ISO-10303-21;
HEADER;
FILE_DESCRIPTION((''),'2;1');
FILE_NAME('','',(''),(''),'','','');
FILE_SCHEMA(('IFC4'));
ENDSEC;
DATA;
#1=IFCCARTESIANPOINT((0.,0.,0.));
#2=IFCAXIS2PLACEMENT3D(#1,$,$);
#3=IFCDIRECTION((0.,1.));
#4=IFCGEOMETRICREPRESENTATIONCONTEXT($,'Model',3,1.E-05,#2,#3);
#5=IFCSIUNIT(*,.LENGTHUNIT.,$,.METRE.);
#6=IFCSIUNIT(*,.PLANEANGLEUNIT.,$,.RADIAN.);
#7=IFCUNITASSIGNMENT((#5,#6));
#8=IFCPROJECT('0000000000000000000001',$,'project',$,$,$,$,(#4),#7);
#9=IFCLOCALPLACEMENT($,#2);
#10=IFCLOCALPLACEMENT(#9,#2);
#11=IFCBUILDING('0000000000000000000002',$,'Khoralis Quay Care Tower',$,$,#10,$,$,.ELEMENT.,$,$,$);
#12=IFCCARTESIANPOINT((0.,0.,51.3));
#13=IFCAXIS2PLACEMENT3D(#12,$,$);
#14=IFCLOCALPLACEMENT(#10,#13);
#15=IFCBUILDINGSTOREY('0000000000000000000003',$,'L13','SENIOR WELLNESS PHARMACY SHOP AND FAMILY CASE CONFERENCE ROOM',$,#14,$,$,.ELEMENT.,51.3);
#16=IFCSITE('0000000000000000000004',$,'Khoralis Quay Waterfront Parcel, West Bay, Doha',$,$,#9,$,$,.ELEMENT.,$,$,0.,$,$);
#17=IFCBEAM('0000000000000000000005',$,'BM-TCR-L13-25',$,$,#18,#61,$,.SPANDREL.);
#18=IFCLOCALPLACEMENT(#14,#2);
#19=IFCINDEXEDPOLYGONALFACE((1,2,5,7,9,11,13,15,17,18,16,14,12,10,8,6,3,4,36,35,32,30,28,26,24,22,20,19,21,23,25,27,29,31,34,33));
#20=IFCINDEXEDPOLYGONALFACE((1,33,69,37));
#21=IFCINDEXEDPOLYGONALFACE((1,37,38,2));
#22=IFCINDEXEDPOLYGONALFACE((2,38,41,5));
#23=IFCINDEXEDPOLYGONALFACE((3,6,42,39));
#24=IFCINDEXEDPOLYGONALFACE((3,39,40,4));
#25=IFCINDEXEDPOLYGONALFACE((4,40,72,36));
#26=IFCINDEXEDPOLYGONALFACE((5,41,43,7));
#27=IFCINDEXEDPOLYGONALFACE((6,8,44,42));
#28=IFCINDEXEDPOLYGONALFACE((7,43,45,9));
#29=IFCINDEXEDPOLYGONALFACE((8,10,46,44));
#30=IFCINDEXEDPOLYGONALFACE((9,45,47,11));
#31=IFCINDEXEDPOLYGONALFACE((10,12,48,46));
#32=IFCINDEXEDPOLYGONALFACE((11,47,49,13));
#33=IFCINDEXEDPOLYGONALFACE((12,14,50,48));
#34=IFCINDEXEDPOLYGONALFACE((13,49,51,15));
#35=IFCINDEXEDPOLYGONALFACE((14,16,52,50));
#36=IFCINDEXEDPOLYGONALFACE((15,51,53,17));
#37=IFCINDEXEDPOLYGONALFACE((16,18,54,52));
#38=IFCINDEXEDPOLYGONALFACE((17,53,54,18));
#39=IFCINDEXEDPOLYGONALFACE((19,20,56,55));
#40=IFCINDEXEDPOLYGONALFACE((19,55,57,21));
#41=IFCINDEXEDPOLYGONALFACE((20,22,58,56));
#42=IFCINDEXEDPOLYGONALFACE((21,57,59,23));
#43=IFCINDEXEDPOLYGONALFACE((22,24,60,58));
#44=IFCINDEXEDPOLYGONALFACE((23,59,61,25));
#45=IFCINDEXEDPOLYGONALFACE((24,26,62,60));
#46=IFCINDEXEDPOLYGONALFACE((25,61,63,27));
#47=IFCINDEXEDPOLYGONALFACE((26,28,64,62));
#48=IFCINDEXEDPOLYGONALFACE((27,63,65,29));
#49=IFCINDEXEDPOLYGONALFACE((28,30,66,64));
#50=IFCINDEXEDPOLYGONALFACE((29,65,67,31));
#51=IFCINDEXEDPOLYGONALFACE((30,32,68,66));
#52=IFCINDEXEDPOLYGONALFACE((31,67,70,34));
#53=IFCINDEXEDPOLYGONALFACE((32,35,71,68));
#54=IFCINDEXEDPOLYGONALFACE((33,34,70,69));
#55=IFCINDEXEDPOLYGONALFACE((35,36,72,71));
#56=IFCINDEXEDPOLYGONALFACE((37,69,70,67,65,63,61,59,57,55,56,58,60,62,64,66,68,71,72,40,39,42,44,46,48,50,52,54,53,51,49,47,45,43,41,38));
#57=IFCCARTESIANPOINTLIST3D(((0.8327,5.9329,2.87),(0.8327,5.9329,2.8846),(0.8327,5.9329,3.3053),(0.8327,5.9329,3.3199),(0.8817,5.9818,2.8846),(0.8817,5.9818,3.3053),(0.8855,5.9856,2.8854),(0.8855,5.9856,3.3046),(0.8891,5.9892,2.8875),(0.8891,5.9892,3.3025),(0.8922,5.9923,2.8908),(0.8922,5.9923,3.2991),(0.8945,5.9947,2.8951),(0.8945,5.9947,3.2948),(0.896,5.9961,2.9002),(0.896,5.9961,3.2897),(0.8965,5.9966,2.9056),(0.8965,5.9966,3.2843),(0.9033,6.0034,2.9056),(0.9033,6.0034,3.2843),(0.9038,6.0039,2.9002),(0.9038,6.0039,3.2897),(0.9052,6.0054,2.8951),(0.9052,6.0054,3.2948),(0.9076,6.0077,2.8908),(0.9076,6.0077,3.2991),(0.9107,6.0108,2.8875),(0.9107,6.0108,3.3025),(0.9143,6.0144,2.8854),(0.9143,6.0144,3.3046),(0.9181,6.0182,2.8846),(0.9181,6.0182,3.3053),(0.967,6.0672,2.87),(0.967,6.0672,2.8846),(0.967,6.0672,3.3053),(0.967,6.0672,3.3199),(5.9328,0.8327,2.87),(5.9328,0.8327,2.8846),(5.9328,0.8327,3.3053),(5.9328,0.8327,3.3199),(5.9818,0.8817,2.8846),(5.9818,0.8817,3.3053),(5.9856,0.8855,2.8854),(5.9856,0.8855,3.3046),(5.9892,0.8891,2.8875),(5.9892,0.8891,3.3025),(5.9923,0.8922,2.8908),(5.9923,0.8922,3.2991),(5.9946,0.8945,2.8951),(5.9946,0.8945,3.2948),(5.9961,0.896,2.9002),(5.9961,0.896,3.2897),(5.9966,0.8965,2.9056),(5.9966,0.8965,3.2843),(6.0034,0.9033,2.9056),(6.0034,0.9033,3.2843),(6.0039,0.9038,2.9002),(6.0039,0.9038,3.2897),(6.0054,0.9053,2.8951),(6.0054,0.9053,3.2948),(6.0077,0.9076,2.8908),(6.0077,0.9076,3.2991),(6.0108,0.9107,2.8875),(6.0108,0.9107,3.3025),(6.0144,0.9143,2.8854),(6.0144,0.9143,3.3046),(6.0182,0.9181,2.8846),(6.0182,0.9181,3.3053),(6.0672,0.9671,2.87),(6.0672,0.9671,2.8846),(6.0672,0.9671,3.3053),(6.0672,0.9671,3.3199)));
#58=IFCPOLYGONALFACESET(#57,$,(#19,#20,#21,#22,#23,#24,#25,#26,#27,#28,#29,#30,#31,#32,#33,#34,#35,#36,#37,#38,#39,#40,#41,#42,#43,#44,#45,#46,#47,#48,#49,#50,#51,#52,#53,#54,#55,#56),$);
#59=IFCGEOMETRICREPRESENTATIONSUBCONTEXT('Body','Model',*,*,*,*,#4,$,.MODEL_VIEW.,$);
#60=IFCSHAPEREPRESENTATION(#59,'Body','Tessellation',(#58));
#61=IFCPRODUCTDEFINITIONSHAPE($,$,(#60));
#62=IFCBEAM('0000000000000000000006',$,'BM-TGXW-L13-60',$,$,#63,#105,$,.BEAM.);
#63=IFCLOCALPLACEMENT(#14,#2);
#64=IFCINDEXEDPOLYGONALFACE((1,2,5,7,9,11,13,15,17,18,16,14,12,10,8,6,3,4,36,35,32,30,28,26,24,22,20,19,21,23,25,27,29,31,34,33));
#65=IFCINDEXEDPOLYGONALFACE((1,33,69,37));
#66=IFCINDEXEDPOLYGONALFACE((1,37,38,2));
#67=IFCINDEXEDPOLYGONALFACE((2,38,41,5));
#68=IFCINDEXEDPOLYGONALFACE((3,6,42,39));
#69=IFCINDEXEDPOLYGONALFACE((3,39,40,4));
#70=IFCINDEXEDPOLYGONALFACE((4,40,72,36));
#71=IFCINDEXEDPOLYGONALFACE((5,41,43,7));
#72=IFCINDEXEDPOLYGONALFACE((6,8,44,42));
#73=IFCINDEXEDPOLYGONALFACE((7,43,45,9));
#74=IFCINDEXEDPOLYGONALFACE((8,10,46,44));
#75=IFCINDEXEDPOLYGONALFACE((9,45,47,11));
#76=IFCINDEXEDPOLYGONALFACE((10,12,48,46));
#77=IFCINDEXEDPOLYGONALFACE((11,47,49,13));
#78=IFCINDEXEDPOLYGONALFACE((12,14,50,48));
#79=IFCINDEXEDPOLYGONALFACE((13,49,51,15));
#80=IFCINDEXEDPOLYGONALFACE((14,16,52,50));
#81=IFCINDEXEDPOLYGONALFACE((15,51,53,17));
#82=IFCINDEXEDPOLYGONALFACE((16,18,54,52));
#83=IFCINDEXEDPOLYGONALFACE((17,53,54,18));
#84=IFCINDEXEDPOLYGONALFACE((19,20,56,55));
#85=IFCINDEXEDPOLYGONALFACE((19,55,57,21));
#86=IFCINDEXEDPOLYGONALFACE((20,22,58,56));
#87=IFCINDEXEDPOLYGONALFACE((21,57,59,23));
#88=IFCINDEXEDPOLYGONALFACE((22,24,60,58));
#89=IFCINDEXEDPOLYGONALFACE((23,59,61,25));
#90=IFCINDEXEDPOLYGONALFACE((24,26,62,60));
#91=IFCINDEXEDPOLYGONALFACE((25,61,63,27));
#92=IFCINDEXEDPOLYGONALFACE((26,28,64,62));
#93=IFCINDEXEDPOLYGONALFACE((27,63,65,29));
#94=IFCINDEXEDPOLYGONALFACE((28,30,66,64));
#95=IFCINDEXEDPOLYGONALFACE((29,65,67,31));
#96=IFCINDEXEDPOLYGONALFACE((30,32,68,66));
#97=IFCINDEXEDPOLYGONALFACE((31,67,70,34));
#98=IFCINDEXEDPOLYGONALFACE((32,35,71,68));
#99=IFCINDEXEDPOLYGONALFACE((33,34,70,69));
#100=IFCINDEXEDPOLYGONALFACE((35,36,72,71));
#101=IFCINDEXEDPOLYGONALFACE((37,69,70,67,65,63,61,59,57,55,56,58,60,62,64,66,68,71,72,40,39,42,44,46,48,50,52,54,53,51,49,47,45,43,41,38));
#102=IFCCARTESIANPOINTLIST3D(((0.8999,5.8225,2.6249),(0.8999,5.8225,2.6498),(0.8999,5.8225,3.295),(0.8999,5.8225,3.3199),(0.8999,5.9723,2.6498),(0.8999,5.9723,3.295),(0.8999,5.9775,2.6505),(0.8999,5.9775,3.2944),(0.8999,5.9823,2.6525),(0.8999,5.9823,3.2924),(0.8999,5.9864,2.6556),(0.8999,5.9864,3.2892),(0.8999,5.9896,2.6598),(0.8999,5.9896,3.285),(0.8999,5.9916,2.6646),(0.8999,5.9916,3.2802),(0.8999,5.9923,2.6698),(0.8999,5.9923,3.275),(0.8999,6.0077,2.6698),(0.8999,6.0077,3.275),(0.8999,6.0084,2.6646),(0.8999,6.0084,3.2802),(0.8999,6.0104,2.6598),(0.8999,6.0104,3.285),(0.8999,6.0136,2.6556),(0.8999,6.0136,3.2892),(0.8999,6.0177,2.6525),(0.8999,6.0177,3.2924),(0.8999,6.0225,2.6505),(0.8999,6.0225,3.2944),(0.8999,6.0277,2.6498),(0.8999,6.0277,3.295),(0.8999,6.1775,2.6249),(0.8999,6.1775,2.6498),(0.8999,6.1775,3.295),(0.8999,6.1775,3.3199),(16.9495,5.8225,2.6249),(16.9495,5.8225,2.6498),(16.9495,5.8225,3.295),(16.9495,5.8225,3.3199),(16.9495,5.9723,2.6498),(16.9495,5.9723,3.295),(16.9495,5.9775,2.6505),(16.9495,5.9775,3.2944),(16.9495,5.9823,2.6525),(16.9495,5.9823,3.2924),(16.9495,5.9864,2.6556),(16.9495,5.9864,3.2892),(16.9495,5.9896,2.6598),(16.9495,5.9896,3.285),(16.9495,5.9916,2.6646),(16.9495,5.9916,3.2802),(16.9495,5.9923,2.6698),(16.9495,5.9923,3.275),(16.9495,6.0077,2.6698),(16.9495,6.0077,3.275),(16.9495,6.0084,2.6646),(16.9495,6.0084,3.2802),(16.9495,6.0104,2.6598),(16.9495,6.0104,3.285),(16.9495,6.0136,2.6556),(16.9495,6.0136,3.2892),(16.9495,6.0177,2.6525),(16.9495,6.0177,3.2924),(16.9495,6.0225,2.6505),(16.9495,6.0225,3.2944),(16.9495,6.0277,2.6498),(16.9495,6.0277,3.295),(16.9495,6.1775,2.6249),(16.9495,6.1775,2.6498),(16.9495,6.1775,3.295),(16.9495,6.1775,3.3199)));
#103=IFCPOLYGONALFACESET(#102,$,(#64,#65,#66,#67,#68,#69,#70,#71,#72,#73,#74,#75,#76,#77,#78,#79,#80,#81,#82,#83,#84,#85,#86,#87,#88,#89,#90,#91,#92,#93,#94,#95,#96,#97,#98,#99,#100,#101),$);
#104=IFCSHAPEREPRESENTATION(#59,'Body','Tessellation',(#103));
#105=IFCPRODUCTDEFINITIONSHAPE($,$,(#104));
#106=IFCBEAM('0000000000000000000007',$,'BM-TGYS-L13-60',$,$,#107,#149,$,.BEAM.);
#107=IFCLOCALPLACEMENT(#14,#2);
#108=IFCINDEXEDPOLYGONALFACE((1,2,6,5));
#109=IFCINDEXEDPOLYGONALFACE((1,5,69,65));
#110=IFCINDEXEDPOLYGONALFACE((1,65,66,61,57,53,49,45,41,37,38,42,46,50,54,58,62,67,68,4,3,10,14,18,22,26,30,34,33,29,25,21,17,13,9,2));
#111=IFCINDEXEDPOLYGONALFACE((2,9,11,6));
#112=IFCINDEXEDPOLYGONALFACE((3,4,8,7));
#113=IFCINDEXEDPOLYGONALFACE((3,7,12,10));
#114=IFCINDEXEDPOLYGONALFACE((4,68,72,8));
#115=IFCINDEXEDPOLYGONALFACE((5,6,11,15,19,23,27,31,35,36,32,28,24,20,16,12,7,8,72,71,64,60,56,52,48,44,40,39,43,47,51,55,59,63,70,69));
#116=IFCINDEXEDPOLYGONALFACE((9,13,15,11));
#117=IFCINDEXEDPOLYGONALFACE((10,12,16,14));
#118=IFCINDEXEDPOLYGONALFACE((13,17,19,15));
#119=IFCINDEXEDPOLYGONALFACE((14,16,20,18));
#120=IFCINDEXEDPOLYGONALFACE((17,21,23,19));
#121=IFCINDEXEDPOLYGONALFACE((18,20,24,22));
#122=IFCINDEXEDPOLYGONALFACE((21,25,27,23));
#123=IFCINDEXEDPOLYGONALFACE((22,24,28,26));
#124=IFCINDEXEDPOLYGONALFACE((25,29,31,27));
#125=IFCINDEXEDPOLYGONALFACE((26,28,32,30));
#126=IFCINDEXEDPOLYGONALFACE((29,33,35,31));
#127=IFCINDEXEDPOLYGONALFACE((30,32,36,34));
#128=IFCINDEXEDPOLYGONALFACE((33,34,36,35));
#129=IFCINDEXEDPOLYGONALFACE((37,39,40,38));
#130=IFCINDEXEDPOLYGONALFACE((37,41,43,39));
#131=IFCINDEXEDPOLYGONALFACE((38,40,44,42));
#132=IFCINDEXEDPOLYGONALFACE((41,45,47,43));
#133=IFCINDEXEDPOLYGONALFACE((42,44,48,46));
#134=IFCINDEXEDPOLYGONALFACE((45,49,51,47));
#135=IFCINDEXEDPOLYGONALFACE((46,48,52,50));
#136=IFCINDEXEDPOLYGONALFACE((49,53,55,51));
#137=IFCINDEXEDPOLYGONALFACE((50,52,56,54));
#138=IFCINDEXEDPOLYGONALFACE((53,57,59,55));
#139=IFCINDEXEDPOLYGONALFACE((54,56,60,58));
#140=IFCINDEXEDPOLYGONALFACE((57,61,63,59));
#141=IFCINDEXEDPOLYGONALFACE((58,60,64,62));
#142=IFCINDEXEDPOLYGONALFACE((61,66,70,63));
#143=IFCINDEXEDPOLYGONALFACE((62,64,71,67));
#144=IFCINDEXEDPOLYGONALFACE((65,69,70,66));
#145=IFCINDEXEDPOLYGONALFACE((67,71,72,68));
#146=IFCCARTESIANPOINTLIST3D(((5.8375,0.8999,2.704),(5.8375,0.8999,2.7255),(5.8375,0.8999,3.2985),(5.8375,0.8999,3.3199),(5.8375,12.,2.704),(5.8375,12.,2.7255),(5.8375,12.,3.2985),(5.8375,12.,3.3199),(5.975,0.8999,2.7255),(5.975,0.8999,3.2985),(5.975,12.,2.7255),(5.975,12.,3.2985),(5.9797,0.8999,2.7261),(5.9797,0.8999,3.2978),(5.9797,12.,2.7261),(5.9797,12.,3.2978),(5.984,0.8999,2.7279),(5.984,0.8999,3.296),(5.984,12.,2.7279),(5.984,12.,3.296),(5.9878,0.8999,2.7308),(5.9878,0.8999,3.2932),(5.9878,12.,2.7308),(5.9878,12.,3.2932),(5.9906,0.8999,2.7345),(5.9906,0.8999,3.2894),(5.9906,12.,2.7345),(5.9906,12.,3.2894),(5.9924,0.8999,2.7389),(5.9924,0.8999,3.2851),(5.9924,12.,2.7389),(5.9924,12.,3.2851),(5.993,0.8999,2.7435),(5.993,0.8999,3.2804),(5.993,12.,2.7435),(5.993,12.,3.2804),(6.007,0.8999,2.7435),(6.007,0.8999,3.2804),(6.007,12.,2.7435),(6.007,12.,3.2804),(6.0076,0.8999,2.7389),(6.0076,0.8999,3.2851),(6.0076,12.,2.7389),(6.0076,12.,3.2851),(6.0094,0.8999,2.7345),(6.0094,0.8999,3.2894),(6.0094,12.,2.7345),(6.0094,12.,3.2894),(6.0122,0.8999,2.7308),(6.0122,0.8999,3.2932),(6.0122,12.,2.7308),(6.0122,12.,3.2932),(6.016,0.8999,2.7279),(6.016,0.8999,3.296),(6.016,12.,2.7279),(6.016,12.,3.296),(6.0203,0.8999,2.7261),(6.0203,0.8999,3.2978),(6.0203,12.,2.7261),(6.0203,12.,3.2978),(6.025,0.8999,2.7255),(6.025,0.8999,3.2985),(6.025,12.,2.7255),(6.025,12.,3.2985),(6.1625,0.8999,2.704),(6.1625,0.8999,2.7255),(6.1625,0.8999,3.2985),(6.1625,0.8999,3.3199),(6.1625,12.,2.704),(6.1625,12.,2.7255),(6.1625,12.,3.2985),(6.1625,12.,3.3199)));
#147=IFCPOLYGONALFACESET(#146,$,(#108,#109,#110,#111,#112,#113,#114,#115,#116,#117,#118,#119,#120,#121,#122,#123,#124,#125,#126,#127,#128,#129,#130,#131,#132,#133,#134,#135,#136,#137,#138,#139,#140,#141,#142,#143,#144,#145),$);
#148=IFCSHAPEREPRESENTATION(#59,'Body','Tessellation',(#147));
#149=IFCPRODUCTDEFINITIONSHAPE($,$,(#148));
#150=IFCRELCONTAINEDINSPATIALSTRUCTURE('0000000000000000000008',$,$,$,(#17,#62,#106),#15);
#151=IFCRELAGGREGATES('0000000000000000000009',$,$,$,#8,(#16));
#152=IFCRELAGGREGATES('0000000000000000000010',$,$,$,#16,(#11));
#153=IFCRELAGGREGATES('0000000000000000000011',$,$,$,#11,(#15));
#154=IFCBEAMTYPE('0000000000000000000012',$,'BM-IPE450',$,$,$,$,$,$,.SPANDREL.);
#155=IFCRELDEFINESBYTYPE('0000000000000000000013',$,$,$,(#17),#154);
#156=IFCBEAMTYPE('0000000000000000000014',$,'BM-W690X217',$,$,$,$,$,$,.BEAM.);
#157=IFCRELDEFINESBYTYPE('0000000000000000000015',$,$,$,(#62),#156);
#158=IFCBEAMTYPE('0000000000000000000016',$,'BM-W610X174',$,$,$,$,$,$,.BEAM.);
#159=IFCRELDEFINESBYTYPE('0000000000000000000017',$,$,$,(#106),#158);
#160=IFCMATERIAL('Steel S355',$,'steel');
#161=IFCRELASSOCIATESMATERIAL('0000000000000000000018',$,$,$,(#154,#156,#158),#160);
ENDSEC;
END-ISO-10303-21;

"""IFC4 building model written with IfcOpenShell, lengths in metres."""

from ifc_helpers import new_model, si_unit, direction, frame, origin, origin_2d, place, context, subcontext, project, spatial, i_section, extrude, source, transform, mapped, material, material_profile, profile_set, type_object, element, save


model = new_model("IFC4")

# Units and contexts
model_context = context("Model", 3, precision=1e-05, world=origin(), true_north=direction((0.0, 1.0)))
body_context = subcontext(model_context, "Body", "Model", "MODEL_VIEW")
ifc_project = project(units=[si_unit("LENGTHUNIT", "METRE"), si_unit("PLANEANGLEUNIT", "RADIAN")], contexts=[model_context])

# Site, building, storey
site_placement = place(None, origin())
site = spatial("IfcSite", under=ifc_project, at=site_placement, Name="Khoralis Quay Waterfront Parcel, West Bay, Doha", CompositionType="ELEMENT", RefElevation=0.0)
building_placement = place(site_placement, origin())
building = spatial("IfcBuilding", under=site, at=building_placement, Name="Khoralis Quay Care Tower", CompositionType="ELEMENT")
storey_placement = place(building_placement, frame((0.0, 0.0, 51.3)))
storey = spatial("IfcBuildingStorey", under=building, at=storey_placement, Name="L13", Description="SENIOR WELLNESS PHARMACY SHOP AND FAMILY CASE CONFERENCE ROOM", CompositionType="ELEMENT", Elevation=51.3)

# Beams
ifc_material_1 = material(Name="Steel S355", Category="steel")
ifc_material_profile_1 = material_profile(ifc_material_1, i_section(OverallWidth=0.1899, OverallDepth=0.45, WebThickness=0.0095, FlangeThickness=0.0146, FilletRadius=0.021, at=origin_2d()), Name="Steel S355")
ifc_profile_set_1 = profile_set([ifc_material_profile_1], Name="Steel S355")
beam_type_1 = type_object("IfcBeamType", Name="BM-IPE450", PredefinedType="SPANDREL", material=ifc_profile_set_1)
shared_shape_1 = source(origin(), body_context, "Body", "SweptSolid", [
    extrude(i_section(OverallWidth=0.1899, OverallDepth=0.45, WebThickness=0.0095, FlangeThickness=0.0146, FilletRadius=0.021, at=origin_2d()), origin(), (0.0, 0.0, 1.0), 7.2126),
])
beam_1_placement = place(storey_placement, frame((6.0, 0.8999, 3.095), z_axis=(-0.707107, 0.707107, 0.0), x_axis=(-0.707107, -0.707107, 0.0)))
element("IfcBeam", 1, at=beam_1_placement, inside=storey, type_object=beam_type_1, Name="BM-TCR-L13-25", PredefinedType="SPANDREL", context=body_context, shape_type="MappedRepresentation", body=[
    mapped(shared_shape_1, transform((0.0, 0.0, 0.0), scale=1.0)),
])
ifc_material_profile_2 = material_profile(ifc_material_1, i_section(OverallWidth=0.355, OverallDepth=0.6951, WebThickness=0.0154, FlangeThickness=0.0249, FilletRadius=0.02, at=origin_2d()), Name="Steel S355")
ifc_profile_set_2 = profile_set([ifc_material_profile_2], Name="Steel S355")
beam_type_2 = type_object("IfcBeamType", Name="BM-W690X217", PredefinedType="BEAM", material=ifc_profile_set_2)
shared_shape_2 = source(origin(), body_context, "Body", "SweptSolid", [
    extrude(i_section(OverallWidth=0.355, OverallDepth=0.6951, WebThickness=0.0154, FlangeThickness=0.0249, FilletRadius=0.02, at=origin_2d()), origin(), (0.0, 0.0, 1.0), 16.0496),
])
beam_2_placement = place(storey_placement, frame((0.8999, 6.0, 2.9724), z_axis=(1.0, 0.0, 0.0), x_axis=(0.0, 1.0, 0.0)))
element("IfcBeam", 2, at=beam_2_placement, inside=storey, type_object=beam_type_2, Name="BM-TGXW-L13-60", PredefinedType="BEAM", context=body_context, shape_type="MappedRepresentation", body=[
    mapped(shared_shape_2, transform((0.0, 0.0, 0.0), scale=1.0)),
])
ifc_material_profile_3 = material_profile(ifc_material_1, i_section(OverallWidth=0.325, OverallDepth=0.616, WebThickness=0.0139, FlangeThickness=0.0215, FilletRadius=0.0181, at=origin_2d()), Name="Steel S355")
ifc_profile_set_3 = profile_set([ifc_material_profile_3], Name="Steel S355")
beam_type_3 = type_object("IfcBeamType", Name="BM-W610X174", PredefinedType="BEAM", material=ifc_profile_set_3)
shared_shape_3 = source(origin(), body_context, "Body", "SweptSolid", [
    extrude(i_section(OverallWidth=0.325, OverallDepth=0.616, WebThickness=0.0139, FlangeThickness=0.0215, FilletRadius=0.0181, at=origin_2d()), origin(), (0.0, 0.0, 1.0), 11.1001),
])
beam_3_placement = place(storey_placement, frame((6.0, 0.8999, 3.012), z_axis=(0.0, 1.0, 0.0), x_axis=(-1.0, 0.0, 0.0)))
element("IfcBeam", 3, at=beam_3_placement, inside=storey, type_object=beam_type_3, Name="BM-TGYS-L13-60", PredefinedType="BEAM", context=body_context, shape_type="MappedRepresentation", body=[
    mapped(shared_shape_3, transform((0.0, 0.0, 0.0), scale=1.0)),
])

save(model, "model.ifc")
